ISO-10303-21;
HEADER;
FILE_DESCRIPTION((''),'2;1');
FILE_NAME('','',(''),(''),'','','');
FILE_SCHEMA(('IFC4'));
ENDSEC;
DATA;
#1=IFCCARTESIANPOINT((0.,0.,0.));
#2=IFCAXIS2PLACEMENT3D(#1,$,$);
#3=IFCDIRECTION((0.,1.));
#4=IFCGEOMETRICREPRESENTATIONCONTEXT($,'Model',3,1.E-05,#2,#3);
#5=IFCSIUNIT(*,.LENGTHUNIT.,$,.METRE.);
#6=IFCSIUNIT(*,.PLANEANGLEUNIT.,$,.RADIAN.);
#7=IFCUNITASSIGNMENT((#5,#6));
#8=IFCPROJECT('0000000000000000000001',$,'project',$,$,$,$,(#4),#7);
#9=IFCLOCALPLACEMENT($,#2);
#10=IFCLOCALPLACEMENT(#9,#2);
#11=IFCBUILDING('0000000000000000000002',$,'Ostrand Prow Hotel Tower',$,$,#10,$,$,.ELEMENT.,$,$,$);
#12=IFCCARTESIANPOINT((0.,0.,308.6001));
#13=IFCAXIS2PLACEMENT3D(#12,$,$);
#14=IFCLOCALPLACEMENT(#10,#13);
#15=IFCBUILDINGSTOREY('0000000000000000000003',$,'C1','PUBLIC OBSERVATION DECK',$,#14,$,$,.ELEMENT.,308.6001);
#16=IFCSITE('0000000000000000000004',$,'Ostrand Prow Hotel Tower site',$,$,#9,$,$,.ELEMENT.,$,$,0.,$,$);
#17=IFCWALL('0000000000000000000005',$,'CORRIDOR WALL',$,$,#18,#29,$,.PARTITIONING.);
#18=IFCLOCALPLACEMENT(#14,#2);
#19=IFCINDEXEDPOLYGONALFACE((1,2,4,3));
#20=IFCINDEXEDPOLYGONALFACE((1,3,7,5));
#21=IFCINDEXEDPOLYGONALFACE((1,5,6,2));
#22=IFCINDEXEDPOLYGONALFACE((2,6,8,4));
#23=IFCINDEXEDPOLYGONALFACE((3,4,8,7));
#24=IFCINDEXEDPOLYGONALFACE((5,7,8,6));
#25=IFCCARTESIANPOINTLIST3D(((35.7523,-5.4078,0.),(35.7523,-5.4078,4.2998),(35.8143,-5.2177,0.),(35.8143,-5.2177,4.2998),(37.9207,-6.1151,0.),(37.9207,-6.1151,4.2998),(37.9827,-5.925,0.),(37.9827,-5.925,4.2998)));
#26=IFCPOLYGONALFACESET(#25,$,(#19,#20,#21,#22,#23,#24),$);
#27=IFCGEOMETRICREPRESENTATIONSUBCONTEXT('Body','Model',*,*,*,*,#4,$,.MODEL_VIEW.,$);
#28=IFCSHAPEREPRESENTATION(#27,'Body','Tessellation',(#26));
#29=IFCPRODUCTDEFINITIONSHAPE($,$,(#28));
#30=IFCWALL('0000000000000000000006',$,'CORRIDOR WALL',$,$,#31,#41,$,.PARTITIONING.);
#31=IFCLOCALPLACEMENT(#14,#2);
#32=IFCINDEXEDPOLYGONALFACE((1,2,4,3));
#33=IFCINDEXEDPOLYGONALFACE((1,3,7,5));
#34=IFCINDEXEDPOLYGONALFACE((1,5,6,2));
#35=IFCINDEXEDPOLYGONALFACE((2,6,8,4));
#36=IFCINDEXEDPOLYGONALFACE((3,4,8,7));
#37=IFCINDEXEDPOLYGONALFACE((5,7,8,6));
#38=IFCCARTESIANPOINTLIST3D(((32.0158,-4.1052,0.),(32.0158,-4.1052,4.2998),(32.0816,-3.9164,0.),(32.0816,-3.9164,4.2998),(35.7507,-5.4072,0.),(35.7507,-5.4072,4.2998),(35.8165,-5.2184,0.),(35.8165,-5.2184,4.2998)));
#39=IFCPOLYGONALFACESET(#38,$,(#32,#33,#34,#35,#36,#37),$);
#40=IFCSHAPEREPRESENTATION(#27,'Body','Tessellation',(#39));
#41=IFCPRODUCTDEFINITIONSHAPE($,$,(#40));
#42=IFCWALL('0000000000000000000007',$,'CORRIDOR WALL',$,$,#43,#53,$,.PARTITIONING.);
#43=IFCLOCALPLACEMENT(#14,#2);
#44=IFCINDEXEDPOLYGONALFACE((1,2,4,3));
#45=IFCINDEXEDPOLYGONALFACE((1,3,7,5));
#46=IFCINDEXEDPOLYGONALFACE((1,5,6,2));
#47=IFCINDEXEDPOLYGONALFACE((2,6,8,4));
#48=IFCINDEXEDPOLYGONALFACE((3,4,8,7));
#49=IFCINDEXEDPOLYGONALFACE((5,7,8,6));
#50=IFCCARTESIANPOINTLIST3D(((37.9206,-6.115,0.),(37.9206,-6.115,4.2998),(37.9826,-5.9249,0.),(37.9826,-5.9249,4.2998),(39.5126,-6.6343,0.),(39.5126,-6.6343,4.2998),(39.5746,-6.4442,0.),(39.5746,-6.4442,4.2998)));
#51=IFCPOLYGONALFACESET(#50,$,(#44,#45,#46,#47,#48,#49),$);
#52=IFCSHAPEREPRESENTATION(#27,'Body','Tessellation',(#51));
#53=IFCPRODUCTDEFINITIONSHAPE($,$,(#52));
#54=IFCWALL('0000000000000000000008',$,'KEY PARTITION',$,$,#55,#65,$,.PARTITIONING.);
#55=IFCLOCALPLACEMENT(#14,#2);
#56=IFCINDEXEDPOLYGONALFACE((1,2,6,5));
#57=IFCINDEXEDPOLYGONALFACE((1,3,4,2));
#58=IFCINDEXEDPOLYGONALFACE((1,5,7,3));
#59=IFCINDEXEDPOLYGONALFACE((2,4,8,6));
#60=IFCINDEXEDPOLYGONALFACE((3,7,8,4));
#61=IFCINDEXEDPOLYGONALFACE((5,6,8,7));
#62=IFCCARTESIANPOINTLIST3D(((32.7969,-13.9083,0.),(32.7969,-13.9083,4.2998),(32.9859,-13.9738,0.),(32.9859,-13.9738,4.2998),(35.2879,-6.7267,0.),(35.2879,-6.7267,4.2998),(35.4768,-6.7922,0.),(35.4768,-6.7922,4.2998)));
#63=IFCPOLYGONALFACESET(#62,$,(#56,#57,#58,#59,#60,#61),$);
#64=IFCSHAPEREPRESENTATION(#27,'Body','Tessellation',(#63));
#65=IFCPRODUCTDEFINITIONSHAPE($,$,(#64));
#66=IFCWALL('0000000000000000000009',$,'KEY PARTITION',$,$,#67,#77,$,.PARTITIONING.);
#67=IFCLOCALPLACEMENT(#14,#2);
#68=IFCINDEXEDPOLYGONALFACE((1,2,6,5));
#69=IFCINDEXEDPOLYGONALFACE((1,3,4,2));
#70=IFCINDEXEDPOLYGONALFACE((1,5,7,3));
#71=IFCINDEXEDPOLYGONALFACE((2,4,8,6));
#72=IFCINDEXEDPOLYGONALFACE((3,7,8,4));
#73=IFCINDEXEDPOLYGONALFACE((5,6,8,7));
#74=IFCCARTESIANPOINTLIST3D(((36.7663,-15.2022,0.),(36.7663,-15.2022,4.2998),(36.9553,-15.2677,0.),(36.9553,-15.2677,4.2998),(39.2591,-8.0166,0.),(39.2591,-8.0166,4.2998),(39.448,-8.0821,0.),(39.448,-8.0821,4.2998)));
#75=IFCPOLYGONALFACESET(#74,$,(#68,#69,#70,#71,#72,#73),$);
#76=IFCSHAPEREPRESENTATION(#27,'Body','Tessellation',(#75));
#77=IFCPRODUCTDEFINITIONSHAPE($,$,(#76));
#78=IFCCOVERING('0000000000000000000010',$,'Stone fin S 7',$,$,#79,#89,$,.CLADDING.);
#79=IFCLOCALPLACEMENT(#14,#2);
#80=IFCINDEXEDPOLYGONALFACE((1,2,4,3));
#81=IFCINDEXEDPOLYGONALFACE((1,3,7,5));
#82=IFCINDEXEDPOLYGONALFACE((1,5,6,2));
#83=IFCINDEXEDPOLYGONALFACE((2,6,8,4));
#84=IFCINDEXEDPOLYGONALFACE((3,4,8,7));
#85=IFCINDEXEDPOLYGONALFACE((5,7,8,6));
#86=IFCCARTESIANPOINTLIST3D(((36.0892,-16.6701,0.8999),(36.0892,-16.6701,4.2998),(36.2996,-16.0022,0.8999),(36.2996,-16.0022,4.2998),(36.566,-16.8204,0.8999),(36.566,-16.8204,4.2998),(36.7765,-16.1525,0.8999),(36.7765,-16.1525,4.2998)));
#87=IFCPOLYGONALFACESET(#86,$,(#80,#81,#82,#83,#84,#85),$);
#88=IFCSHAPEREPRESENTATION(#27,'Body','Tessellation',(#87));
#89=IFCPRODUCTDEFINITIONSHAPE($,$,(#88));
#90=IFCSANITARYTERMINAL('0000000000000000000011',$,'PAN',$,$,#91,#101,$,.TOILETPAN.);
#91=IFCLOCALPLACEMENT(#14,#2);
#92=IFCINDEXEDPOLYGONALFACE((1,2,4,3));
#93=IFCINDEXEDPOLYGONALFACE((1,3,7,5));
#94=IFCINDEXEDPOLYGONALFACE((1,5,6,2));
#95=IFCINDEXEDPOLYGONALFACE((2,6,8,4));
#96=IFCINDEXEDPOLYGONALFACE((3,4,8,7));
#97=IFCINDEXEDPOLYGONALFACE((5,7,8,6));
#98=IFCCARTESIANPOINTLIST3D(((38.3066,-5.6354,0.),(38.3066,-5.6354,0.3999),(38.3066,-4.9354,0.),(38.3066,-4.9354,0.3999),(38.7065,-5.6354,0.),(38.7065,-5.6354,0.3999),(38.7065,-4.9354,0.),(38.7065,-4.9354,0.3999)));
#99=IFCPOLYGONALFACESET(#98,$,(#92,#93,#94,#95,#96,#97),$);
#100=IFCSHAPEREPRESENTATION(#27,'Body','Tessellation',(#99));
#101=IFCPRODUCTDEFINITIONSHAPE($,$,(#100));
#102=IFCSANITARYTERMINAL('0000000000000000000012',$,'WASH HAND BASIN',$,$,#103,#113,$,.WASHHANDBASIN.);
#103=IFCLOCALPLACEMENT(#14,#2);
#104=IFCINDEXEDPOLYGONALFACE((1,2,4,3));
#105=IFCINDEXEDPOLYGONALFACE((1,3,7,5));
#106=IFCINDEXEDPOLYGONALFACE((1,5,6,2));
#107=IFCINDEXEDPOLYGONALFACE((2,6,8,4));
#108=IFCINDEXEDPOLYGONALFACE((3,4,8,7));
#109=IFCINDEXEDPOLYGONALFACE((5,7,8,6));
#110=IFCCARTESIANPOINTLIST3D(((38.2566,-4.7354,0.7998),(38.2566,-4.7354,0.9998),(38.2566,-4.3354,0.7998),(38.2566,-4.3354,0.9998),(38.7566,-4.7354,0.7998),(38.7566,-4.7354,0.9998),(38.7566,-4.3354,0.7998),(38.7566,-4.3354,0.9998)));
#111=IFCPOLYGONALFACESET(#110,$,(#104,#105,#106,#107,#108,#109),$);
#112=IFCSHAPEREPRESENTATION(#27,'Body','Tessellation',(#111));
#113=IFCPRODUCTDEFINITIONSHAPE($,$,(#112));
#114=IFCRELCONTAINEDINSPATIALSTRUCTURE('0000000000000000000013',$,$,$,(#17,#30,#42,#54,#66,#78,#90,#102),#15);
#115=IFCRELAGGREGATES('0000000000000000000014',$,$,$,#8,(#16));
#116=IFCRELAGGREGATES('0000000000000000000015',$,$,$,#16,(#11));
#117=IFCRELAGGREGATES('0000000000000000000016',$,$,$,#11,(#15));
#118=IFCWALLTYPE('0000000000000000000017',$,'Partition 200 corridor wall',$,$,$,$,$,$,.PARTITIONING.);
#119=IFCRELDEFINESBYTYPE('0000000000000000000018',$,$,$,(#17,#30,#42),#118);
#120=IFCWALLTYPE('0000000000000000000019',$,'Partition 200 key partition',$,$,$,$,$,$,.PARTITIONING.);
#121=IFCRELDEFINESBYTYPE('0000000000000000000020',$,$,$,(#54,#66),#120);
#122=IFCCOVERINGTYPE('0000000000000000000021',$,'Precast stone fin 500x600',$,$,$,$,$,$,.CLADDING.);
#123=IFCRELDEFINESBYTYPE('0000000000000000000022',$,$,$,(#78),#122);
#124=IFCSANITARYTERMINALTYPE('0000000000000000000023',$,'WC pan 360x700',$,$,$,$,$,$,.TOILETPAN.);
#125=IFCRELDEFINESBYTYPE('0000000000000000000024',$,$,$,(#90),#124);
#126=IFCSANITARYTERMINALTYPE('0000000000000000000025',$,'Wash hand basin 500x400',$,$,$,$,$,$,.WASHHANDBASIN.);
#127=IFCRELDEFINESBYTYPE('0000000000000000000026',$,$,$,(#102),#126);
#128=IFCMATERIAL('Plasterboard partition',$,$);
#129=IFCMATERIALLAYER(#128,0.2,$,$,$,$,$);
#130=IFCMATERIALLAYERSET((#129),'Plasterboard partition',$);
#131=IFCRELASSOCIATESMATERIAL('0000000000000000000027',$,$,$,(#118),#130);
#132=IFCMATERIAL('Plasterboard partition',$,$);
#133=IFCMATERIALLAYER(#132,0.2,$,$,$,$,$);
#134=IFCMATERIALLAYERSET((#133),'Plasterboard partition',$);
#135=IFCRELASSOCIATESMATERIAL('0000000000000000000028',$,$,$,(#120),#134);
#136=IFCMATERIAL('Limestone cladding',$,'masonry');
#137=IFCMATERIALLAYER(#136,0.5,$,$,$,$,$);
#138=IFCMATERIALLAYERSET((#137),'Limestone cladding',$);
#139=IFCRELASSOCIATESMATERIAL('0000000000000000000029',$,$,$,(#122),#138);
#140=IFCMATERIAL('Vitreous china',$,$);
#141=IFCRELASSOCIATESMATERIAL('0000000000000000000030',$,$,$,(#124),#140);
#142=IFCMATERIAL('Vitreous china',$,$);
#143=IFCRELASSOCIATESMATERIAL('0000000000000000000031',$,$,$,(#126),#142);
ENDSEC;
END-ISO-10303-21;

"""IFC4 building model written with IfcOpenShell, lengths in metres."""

from ifc_helpers import new_model, si_unit, direction, frame, frame_2d, origin, origin_2d, place, context, subcontext, project, spatial, rectangle, extrude, material, layer, layer_set, type_object, element, save


model = new_model("IFC4")

# Units and contexts
model_context = context("Model", 3, precision=1e-05, world=origin(), true_north=direction((0.0, 1.0)))
body_context = subcontext(model_context, "Body", "Model", "MODEL_VIEW")
ifc_project = project(units=[si_unit("LENGTHUNIT", "METRE"), si_unit("PLANEANGLEUNIT", "RADIAN")], contexts=[model_context])

# Site, building, storey
site_placement = place(None, origin())
site = spatial("IfcSite", under=ifc_project, at=site_placement, Name="Ostrand Prow Hotel Tower site", CompositionType="ELEMENT", RefElevation=0.0)
building_placement = place(site_placement, origin())
building = spatial("IfcBuilding", under=site, at=building_placement, Name="Ostrand Prow Hotel Tower", CompositionType="ELEMENT")
storey_placement = place(building_placement, frame((0.0, 0.0, 308.6001)))
storey = spatial("IfcBuildingStorey", under=building, at=storey_placement, Name="C1", Description="PUBLIC OBSERVATION DECK", CompositionType="ELEMENT", Elevation=308.6001)

# Shared definitions
ifc_material_1 = material(Name="Plasterboard partition")
ifc_layer_1 = layer(ifc_material_1, 0.2)
ifc_layer_set_1 = layer_set([ifc_layer_1], Name="Plasterboard partition")
wall_type_1 = type_object("IfcWallType", Name="Partition 200 corridor wall", PredefinedType="PARTITIONING", material=ifc_layer_set_1)

# Walls
wall_1_placement = place(storey_placement, frame((37.9517, -6.02, 0.0), z_axis=(0.0, 0.0, 1.0), x_axis=(-0.950698, 0.310119, 0.0)))
element("IfcWall", 1, at=wall_1_placement, inside=storey, type_object=wall_type_1, Name="CORRIDOR WALL", PredefinedType="PARTITIONING", context=body_context, shape_type="SweptSolid", body=[
    extrude(rectangle(XDim=2.2808, YDim=0.2, at=frame_2d((1.1404, 0.0))), origin(), (0.0, 0.0, 1.0), 4.2998),
])
wall_2_placement = place(storey_placement, frame((35.7834, -5.3127, 0.0), z_axis=(0.0, 0.0, 1.0), x_axis=(-0.944268, 0.329179, 0.0)))
element("IfcWall", 2, at=wall_2_placement, inside=storey, type_object=wall_type_1, Name="CORRIDOR WALL", PredefinedType="PARTITIONING", context=body_context, shape_type="SweptSolid", body=[
    extrude(rectangle(XDim=3.9553, YDim=0.2, at=frame_2d((1.9775, 0.0))), origin(), (0.0, 0.0, 1.0), 4.2998),
])
wall_3_placement = place(storey_placement, frame((39.5437, -6.5393, 0.0), z_axis=(0.0, 0.0, 1.0), x_axis=(-0.950705, 0.310098, 0.0)))
element("IfcWall", 3, at=wall_3_placement, inside=storey, type_object=wall_type_1, Name="CORRIDOR WALL", PredefinedType="PARTITIONING", context=body_context, shape_type="SweptSolid", body=[
    extrude(rectangle(XDim=1.6746, YDim=0.2, at=frame_2d((0.8374, 0.0))), origin(), (0.0, 0.0, 1.0), 4.2998),
])
ifc_material_2 = material(Name="Plasterboard partition")
ifc_layer_2 = layer(ifc_material_2, 0.2)
ifc_layer_set_2 = layer_set([ifc_layer_2], Name="Plasterboard partition")
wall_type_2 = type_object("IfcWallType", Name="Partition 200 key partition", PredefinedType="PARTITIONING", material=ifc_layer_set_2)
wall_4_placement = place(storey_placement, frame((32.8914, -13.9412, 0.0), z_axis=(0.0, 0.0, 1.0), x_axis=(0.3277, 0.944782, 0.0)))
element("IfcWall", 4, at=wall_4_placement, inside=storey, type_object=wall_type_2, Name="KEY PARTITION", PredefinedType="PARTITIONING", context=body_context, shape_type="SweptSolid", body=[
    extrude(rectangle(XDim=7.6013, YDim=0.2, at=frame_2d((3.8008, 0.0))), origin(), (0.0, 0.0, 1.0), 4.2998),
])
wall_5_placement = place(storey_placement, frame((36.8608, -15.2349, 0.0), z_axis=(0.0, 0.0, 1.0), x_axis=(0.327741, 0.944768, 0.0)))
element("IfcWall", 5, at=wall_5_placement, inside=storey, type_object=wall_type_2, Name="KEY PARTITION", PredefinedType="PARTITIONING", context=body_context, shape_type="SweptSolid", body=[
    extrude(rectangle(XDim=7.6057, YDim=0.2, at=frame_2d((3.8027, 0.0))), origin(), (0.0, 0.0, 1.0), 4.2998),
])

# Covering
ifc_material_3 = material(Name="Limestone cladding", Category="masonry")
ifc_layer_3 = layer(ifc_material_3, 0.5)
ifc_layer_set_3 = layer_set([ifc_layer_3], Name="Limestone cladding")
covering_type = type_object("IfcCoveringType", Name="Precast stone fin 500x600", PredefinedType="CLADDING", material=ifc_layer_set_3)
covering_placement = place(storey_placement, frame((36.5381, -16.0774, 0.8999), z_axis=(0.0, 0.0, 1.0), x_axis=(-0.300597, -0.953751, 0.0)))
element("IfcCovering", 6, at=covering_placement, inside=storey, type_object=covering_type, Name="Stone fin S 7", PredefinedType="CLADDING", context=body_context, shape_type="SweptSolid", body=[
    extrude(rectangle(XDim=0.7002, YDim=0.5, at=frame_2d((0.3501, 0.0))), origin(), (0.0, 0.0, 1.0), 3.3999),
])

# Sanitary terminals
ifc_material_4 = material(Name="Vitreous china")
sanitary_terminal_type_1 = type_object("IfcSanitaryTerminalType", Name="WC pan 360x700", PredefinedType="TOILETPAN", material=ifc_material_4)
sanitary_terminal_1_placement = place(storey_placement, frame((38.5066, -5.2854, 0.0), z_axis=(0.0, 0.0, 1.0), x_axis=(1.0, 0.0, 0.0)))
element("IfcSanitaryTerminal", 7, at=sanitary_terminal_1_placement, inside=storey, type_object=sanitary_terminal_type_1, Name="PAN", PredefinedType="TOILETPAN", context=body_context, shape_type="SweptSolid", body=[
    extrude(rectangle(XDim=0.3999, YDim=0.7, at=origin_2d()), origin(), (0.0, 0.0, 1.0), 0.3999),
])
ifc_material_5 = material(Name="Vitreous china")
sanitary_terminal_type_2 = type_object("IfcSanitaryTerminalType", Name="Wash hand basin 500x400", PredefinedType="WASHHANDBASIN", material=ifc_material_5)
sanitary_terminal_2_placement = place(storey_placement, frame((38.5066, -4.5354, 0.7998), z_axis=(0.0, 0.0, 1.0), x_axis=(1.0, 0.0, 0.0)))
element("IfcSanitaryTerminal", 8, at=sanitary_terminal_2_placement, inside=storey, type_object=sanitary_terminal_type_2, Name="WASH HAND BASIN", PredefinedType="WASHHANDBASIN", context=body_context, shape_type="SweptSolid", body=[
    extrude(rectangle(XDim=0.5, YDim=0.3999, at=origin_2d()), origin(), (0.0, 0.0, 1.0), 0.2),
])

save(model, "model.ifc")
